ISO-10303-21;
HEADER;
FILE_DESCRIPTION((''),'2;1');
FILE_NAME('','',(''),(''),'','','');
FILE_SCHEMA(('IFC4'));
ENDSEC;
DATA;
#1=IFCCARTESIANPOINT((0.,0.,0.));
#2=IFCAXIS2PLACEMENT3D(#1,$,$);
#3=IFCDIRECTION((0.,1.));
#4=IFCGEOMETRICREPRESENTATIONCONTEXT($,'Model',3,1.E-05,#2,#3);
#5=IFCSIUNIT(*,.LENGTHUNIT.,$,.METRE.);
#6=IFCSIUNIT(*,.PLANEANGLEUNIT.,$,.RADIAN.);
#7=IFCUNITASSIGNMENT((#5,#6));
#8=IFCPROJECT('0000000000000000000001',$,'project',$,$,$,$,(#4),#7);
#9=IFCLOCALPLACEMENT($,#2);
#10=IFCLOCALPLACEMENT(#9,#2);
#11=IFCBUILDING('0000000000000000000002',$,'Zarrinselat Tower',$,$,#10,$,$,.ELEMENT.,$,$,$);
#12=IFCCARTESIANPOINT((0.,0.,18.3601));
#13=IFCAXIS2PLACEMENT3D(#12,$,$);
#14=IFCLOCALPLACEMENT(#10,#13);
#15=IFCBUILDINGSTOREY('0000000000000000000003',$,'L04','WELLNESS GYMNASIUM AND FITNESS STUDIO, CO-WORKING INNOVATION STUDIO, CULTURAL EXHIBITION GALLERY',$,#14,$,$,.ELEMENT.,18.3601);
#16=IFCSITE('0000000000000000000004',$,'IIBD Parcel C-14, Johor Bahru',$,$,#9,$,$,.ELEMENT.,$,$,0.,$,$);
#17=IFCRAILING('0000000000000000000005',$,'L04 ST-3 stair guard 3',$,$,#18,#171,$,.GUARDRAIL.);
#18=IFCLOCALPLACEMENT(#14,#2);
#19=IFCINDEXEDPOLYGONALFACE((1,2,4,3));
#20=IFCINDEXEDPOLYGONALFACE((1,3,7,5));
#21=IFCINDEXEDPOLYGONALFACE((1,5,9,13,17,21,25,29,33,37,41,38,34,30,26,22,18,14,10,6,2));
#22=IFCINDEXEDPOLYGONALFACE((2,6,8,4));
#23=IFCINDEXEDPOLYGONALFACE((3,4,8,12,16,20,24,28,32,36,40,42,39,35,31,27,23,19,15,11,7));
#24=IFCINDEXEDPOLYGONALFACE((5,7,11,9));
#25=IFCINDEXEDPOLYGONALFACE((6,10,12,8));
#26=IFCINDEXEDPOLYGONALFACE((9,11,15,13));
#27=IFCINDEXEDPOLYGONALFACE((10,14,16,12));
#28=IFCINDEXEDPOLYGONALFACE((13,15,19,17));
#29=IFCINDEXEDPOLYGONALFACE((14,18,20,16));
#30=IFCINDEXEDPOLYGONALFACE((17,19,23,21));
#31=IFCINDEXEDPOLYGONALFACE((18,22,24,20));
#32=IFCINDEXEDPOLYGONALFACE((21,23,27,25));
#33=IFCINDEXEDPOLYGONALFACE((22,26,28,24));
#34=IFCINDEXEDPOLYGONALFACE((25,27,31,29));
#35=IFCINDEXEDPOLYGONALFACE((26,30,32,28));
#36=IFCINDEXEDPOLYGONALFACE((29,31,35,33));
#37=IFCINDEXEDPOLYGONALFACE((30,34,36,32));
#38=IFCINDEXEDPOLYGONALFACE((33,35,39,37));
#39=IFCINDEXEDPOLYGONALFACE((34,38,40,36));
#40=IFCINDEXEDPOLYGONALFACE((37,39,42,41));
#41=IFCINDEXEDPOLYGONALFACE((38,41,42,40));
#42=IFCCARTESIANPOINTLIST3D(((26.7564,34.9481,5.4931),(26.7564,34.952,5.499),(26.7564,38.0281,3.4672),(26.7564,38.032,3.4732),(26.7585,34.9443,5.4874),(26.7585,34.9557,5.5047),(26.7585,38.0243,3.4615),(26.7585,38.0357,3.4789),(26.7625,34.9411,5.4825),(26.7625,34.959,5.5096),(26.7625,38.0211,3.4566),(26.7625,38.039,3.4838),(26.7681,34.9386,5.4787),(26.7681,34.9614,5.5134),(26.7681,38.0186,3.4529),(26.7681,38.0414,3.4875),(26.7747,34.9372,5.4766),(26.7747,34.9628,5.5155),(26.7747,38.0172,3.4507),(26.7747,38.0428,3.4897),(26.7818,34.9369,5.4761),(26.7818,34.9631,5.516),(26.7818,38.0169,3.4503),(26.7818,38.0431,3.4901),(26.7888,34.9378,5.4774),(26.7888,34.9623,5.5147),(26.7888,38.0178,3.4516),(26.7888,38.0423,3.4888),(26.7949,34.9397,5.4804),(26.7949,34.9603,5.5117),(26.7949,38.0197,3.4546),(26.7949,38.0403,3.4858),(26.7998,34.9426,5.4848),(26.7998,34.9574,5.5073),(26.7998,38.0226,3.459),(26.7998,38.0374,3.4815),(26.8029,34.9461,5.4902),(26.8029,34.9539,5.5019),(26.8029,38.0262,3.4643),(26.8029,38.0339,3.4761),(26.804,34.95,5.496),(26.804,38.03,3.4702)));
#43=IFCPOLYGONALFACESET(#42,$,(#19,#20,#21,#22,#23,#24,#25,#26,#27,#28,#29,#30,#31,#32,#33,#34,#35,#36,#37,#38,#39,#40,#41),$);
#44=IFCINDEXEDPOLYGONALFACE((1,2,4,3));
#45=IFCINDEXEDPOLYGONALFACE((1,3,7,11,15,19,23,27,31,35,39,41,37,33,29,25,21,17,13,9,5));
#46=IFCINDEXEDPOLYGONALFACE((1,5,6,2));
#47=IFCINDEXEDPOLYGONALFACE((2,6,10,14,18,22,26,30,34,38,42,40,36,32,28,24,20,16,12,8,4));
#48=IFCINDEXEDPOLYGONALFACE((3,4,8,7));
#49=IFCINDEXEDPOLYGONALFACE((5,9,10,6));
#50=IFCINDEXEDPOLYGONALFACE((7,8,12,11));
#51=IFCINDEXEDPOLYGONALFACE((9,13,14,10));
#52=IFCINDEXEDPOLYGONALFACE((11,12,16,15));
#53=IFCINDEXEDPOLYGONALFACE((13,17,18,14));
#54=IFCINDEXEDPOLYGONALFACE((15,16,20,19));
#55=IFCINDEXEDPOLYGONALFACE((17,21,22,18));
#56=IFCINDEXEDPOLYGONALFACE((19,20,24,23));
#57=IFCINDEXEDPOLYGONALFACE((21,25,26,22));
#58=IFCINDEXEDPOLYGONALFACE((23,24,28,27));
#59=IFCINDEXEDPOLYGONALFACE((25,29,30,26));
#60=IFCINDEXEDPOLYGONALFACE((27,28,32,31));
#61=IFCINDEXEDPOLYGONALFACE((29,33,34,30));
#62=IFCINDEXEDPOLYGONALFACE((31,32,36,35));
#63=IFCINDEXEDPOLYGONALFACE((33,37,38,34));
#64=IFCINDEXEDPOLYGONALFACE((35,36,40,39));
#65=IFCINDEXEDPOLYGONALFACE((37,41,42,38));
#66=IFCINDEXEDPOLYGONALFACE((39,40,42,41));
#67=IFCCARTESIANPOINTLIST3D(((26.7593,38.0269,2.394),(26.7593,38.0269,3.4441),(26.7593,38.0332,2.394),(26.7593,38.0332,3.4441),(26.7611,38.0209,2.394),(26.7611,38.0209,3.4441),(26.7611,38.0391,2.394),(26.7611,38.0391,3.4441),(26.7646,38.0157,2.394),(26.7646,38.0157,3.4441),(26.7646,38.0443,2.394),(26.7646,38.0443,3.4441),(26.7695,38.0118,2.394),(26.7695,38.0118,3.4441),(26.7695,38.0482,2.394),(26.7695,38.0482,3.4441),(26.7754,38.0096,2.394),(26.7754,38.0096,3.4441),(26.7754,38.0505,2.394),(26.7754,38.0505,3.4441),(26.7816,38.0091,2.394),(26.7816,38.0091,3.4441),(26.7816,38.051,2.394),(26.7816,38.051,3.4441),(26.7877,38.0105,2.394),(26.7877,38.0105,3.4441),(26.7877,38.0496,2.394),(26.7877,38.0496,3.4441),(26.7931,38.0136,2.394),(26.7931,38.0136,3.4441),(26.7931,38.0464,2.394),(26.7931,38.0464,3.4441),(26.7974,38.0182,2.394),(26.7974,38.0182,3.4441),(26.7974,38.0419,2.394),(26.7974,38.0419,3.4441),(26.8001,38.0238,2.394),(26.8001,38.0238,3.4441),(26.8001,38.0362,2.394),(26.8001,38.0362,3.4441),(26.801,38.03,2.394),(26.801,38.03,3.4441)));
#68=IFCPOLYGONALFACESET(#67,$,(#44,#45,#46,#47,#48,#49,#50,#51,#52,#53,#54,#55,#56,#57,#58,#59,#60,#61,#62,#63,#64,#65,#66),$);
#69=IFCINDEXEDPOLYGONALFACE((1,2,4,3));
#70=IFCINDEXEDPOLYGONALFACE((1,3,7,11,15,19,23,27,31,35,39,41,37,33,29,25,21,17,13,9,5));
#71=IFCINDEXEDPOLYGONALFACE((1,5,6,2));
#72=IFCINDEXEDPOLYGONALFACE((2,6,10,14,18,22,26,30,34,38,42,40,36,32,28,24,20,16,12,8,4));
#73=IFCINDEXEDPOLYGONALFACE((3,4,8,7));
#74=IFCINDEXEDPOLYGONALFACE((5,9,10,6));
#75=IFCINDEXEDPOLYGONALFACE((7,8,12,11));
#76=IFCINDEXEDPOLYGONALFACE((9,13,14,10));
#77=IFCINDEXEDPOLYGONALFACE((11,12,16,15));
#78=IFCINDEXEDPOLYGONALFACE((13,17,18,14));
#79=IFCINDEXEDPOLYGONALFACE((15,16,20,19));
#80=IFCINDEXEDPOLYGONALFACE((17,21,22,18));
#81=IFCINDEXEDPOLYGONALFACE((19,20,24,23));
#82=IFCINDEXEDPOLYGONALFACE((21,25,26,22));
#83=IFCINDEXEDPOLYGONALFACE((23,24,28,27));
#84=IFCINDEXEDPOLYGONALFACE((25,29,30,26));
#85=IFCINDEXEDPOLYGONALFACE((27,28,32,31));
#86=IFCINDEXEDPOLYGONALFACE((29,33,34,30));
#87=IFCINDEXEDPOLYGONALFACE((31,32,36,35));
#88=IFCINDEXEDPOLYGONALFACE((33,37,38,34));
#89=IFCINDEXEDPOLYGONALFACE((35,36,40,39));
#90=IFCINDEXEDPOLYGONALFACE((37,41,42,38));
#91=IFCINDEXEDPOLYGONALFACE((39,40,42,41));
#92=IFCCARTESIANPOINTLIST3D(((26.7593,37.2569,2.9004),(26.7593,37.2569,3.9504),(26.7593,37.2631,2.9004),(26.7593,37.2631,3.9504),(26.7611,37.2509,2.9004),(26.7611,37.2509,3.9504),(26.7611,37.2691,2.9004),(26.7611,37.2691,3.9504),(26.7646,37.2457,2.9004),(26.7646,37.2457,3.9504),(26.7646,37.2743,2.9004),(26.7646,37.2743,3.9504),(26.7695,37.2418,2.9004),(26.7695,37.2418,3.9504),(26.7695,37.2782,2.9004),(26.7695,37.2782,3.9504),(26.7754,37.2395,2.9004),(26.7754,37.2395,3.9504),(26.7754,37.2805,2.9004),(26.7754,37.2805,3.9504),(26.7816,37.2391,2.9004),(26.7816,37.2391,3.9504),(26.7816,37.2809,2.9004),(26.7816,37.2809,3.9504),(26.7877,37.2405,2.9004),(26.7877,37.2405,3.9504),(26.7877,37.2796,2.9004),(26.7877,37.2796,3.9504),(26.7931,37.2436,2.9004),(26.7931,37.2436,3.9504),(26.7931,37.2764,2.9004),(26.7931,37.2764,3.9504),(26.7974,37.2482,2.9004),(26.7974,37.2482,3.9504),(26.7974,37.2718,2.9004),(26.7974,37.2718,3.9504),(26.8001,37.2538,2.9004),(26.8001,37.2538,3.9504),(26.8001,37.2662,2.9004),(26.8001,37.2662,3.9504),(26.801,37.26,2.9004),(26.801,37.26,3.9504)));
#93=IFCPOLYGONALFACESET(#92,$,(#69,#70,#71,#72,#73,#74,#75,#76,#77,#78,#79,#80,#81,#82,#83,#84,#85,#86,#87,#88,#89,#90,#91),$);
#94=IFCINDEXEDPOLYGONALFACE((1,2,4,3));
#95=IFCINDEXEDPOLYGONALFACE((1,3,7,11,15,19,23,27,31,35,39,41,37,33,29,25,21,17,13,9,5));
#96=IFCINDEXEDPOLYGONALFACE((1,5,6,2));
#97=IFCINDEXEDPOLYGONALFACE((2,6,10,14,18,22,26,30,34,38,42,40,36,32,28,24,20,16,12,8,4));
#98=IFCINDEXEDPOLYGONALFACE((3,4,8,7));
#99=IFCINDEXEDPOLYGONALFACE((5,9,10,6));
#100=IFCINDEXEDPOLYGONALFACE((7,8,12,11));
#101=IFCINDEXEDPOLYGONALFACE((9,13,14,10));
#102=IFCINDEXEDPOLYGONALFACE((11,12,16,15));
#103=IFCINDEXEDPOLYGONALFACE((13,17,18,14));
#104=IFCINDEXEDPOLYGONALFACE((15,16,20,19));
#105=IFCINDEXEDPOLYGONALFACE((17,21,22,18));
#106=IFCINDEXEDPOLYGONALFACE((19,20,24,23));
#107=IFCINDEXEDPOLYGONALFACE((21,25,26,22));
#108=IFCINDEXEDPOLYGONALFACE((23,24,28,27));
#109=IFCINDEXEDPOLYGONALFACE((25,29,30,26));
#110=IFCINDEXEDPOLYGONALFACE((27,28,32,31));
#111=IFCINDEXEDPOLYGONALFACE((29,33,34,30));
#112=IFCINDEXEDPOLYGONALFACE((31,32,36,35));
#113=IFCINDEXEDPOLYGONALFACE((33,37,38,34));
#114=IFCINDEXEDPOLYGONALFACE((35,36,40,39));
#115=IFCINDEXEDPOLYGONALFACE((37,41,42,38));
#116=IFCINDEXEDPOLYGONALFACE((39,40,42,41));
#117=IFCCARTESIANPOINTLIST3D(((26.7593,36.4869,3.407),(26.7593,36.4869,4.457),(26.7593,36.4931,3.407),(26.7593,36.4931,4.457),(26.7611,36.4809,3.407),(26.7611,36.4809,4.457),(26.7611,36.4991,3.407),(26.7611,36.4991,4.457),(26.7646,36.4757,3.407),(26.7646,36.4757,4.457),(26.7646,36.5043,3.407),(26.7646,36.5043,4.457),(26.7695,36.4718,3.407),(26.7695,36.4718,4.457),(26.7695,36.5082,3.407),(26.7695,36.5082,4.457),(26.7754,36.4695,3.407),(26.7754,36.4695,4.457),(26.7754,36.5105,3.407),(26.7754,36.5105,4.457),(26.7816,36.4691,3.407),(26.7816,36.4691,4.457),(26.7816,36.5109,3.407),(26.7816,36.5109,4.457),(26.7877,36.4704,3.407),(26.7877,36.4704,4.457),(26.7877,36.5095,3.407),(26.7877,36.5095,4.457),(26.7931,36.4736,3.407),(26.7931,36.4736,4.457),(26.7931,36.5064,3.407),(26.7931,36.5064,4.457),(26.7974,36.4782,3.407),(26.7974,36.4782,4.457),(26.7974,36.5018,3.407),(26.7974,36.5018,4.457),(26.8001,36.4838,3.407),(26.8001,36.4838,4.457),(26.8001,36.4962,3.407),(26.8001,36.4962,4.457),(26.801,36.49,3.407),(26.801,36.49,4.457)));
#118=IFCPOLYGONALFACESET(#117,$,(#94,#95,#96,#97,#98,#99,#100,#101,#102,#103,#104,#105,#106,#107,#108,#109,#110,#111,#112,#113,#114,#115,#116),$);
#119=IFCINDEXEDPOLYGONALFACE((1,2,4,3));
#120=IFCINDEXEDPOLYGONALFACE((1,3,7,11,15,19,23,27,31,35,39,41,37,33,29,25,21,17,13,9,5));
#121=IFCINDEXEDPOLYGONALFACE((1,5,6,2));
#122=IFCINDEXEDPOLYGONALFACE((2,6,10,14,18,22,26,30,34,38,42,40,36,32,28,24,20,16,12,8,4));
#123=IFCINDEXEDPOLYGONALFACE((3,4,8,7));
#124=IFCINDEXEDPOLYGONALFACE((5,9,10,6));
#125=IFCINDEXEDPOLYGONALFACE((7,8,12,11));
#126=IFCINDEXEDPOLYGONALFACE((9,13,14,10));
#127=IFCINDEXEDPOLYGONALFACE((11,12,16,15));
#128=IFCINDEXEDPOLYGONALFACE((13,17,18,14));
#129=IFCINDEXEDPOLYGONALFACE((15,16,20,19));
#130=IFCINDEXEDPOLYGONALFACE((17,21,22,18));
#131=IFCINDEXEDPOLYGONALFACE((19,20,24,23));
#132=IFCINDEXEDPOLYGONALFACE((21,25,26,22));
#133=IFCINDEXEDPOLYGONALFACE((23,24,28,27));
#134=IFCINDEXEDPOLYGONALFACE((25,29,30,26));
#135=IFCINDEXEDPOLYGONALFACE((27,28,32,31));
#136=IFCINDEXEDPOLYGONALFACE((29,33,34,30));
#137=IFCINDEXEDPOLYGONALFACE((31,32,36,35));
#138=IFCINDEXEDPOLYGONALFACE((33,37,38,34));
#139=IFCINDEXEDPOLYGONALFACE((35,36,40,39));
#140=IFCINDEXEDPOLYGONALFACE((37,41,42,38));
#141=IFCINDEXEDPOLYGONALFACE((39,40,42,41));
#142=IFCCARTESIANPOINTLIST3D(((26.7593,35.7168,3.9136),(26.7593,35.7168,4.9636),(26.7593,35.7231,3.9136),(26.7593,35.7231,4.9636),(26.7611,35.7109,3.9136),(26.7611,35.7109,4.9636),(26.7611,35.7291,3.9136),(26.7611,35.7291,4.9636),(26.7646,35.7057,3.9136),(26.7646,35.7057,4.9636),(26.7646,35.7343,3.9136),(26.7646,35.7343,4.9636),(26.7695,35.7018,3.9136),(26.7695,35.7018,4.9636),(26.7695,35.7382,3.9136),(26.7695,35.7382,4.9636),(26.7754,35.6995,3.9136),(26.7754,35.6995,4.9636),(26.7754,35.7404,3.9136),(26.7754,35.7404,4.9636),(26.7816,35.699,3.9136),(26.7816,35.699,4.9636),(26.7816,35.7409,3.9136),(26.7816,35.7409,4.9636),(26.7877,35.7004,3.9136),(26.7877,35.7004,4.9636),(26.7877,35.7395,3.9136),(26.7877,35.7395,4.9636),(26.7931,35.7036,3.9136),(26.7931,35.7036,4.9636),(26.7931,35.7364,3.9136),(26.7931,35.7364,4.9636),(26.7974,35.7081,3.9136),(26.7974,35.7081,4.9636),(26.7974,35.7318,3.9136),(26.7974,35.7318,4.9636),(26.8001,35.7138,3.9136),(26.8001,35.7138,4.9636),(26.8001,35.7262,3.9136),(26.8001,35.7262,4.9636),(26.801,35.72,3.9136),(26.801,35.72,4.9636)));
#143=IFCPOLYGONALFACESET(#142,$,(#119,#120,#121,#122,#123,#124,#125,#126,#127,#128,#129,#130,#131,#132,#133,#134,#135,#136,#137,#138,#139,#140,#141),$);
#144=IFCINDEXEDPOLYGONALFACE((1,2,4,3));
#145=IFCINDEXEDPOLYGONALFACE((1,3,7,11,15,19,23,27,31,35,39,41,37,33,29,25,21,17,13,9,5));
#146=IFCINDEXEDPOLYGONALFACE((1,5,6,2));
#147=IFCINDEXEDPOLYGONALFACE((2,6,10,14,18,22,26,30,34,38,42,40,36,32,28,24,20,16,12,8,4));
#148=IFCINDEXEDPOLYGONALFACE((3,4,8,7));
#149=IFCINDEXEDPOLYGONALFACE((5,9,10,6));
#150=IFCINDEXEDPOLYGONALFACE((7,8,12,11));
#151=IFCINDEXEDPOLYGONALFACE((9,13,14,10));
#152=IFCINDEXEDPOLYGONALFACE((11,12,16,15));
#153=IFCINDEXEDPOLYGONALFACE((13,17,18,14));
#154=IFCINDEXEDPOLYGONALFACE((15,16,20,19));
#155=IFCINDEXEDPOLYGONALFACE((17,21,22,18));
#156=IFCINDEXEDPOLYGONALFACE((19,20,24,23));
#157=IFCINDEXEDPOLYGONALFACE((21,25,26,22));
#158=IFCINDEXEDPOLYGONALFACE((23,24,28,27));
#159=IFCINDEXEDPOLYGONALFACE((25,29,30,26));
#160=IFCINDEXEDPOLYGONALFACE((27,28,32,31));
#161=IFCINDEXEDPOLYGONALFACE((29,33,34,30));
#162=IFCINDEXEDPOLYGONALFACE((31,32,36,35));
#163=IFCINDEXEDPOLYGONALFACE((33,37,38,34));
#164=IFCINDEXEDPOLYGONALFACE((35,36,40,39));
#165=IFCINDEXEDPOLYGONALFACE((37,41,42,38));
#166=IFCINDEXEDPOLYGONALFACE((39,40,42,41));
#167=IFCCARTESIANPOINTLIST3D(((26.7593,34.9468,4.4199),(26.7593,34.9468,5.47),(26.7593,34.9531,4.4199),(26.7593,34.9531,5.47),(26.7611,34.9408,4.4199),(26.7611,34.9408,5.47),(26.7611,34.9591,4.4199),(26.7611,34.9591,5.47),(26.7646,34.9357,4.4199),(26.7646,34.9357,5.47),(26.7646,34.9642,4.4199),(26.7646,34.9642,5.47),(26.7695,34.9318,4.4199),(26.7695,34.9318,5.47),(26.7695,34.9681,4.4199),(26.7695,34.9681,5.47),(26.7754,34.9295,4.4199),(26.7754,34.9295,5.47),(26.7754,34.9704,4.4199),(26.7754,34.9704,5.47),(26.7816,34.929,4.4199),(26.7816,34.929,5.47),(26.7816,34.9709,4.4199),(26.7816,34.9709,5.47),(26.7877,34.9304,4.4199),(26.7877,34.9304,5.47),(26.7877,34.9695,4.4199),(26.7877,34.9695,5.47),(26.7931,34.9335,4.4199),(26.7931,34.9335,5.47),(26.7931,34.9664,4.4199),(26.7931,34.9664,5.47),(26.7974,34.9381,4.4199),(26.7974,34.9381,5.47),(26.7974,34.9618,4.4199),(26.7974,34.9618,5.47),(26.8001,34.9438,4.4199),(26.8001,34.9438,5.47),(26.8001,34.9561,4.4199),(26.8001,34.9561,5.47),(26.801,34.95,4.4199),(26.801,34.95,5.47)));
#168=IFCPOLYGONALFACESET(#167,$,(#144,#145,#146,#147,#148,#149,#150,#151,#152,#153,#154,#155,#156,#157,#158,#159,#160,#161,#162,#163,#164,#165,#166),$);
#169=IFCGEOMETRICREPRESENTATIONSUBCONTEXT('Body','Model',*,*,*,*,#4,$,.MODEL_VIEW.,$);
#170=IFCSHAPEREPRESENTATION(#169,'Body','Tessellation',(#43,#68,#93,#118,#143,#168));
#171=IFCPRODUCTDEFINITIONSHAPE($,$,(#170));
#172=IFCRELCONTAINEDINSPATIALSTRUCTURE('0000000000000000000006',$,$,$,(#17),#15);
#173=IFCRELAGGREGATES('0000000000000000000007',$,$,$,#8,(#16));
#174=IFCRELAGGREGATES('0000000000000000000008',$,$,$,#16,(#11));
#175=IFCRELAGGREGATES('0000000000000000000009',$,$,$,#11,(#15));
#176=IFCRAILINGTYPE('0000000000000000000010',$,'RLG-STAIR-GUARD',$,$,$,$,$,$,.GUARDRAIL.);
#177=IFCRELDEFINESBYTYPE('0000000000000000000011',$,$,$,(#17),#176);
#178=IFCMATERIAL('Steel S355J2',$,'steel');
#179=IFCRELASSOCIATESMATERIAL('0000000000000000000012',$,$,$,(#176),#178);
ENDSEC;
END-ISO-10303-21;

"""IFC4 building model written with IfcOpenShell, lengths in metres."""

from ifc_helpers import new_model, si_unit, direction, frame, origin, origin_2d, place, context, subcontext, project, spatial, circle, extrude, material, type_object, element, save


model = new_model("IFC4")

# Units and contexts
model_context = context("Model", 3, precision=1e-05, world=origin(), true_north=direction((0.0, 1.0)))
body_context = subcontext(model_context, "Body", "Model", "MODEL_VIEW")
ifc_project = project(units=[si_unit("LENGTHUNIT", "METRE"), si_unit("PLANEANGLEUNIT", "RADIAN")], contexts=[model_context])

# Site, building, storey
site_placement = place(None, origin())
site = spatial("IfcSite", under=ifc_project, at=site_placement, Name="IIBD Parcel C-14, Johor Bahru", CompositionType="ELEMENT", RefElevation=0.0)
building_placement = place(site_placement, origin())
building = spatial("IfcBuilding", under=site, at=building_placement, Name="Zarrinselat Tower", CompositionType="ELEMENT")
storey_placement = place(building_placement, frame((0.0, 0.0, 18.3601)))
storey = spatial("IfcBuildingStorey", under=building, at=storey_placement, Name="L04", Description="WELLNESS GYMNASIUM AND FITNESS STUDIO, CO-WORKING INNOVATION STUDIO, CULTURAL EXHIBITION GALLERY", CompositionType="ELEMENT", Elevation=18.3601)

# Railing
ifc_material_1 = material(Name="Steel S355J2", Category="steel")
railing_type_1 = type_object("IfcRailingType", Name="RLG-STAIR-GUARD", PredefinedType="GUARDRAIL", material=ifc_material_1)
railing_1_placement = place(storey_placement, frame((26.78, 38.03, 2.394)))
element("IfcRailing", 1, at=railing_1_placement, inside=storey, type_object=railing_type_1, Name="L04 ST-3 stair guard 3", PredefinedType="GUARDRAIL", context=body_context, shape_type="SweptSolid", body=[
    extrude(circle(Radius=0.0239, at=origin_2d()), frame((0.0, 0.0, 1.0762), z_axis=(0.0, -0.835478, 0.549524), x_axis=(1.0, 0.0, 0.0)), (0.0, 0.0, 1.0), 3.6865),
    extrude(circle(Radius=0.021, at=origin_2d()), origin(), (0.0, 0.0, 1.0), 1.05),
    extrude(circle(Radius=0.021, at=origin_2d()), frame((0.0, -0.77, 0.5063)), (0.0, 0.0, 1.0), 1.05),
    extrude(circle(Radius=0.021, at=origin_2d()), frame((0.0, -1.54, 1.0129)), (0.0, 0.0, 1.0), 1.05),
    extrude(circle(Radius=0.021, at=origin_2d()), frame((0.0, -2.3101, 1.5195)), (0.0, 0.0, 1.0), 1.05),
    extrude(circle(Radius=0.021, at=origin_2d()), frame((0.0, -3.0801, 2.0259)), (0.0, 0.0, 1.0), 1.05),
])

save(model, "model.ifc")
